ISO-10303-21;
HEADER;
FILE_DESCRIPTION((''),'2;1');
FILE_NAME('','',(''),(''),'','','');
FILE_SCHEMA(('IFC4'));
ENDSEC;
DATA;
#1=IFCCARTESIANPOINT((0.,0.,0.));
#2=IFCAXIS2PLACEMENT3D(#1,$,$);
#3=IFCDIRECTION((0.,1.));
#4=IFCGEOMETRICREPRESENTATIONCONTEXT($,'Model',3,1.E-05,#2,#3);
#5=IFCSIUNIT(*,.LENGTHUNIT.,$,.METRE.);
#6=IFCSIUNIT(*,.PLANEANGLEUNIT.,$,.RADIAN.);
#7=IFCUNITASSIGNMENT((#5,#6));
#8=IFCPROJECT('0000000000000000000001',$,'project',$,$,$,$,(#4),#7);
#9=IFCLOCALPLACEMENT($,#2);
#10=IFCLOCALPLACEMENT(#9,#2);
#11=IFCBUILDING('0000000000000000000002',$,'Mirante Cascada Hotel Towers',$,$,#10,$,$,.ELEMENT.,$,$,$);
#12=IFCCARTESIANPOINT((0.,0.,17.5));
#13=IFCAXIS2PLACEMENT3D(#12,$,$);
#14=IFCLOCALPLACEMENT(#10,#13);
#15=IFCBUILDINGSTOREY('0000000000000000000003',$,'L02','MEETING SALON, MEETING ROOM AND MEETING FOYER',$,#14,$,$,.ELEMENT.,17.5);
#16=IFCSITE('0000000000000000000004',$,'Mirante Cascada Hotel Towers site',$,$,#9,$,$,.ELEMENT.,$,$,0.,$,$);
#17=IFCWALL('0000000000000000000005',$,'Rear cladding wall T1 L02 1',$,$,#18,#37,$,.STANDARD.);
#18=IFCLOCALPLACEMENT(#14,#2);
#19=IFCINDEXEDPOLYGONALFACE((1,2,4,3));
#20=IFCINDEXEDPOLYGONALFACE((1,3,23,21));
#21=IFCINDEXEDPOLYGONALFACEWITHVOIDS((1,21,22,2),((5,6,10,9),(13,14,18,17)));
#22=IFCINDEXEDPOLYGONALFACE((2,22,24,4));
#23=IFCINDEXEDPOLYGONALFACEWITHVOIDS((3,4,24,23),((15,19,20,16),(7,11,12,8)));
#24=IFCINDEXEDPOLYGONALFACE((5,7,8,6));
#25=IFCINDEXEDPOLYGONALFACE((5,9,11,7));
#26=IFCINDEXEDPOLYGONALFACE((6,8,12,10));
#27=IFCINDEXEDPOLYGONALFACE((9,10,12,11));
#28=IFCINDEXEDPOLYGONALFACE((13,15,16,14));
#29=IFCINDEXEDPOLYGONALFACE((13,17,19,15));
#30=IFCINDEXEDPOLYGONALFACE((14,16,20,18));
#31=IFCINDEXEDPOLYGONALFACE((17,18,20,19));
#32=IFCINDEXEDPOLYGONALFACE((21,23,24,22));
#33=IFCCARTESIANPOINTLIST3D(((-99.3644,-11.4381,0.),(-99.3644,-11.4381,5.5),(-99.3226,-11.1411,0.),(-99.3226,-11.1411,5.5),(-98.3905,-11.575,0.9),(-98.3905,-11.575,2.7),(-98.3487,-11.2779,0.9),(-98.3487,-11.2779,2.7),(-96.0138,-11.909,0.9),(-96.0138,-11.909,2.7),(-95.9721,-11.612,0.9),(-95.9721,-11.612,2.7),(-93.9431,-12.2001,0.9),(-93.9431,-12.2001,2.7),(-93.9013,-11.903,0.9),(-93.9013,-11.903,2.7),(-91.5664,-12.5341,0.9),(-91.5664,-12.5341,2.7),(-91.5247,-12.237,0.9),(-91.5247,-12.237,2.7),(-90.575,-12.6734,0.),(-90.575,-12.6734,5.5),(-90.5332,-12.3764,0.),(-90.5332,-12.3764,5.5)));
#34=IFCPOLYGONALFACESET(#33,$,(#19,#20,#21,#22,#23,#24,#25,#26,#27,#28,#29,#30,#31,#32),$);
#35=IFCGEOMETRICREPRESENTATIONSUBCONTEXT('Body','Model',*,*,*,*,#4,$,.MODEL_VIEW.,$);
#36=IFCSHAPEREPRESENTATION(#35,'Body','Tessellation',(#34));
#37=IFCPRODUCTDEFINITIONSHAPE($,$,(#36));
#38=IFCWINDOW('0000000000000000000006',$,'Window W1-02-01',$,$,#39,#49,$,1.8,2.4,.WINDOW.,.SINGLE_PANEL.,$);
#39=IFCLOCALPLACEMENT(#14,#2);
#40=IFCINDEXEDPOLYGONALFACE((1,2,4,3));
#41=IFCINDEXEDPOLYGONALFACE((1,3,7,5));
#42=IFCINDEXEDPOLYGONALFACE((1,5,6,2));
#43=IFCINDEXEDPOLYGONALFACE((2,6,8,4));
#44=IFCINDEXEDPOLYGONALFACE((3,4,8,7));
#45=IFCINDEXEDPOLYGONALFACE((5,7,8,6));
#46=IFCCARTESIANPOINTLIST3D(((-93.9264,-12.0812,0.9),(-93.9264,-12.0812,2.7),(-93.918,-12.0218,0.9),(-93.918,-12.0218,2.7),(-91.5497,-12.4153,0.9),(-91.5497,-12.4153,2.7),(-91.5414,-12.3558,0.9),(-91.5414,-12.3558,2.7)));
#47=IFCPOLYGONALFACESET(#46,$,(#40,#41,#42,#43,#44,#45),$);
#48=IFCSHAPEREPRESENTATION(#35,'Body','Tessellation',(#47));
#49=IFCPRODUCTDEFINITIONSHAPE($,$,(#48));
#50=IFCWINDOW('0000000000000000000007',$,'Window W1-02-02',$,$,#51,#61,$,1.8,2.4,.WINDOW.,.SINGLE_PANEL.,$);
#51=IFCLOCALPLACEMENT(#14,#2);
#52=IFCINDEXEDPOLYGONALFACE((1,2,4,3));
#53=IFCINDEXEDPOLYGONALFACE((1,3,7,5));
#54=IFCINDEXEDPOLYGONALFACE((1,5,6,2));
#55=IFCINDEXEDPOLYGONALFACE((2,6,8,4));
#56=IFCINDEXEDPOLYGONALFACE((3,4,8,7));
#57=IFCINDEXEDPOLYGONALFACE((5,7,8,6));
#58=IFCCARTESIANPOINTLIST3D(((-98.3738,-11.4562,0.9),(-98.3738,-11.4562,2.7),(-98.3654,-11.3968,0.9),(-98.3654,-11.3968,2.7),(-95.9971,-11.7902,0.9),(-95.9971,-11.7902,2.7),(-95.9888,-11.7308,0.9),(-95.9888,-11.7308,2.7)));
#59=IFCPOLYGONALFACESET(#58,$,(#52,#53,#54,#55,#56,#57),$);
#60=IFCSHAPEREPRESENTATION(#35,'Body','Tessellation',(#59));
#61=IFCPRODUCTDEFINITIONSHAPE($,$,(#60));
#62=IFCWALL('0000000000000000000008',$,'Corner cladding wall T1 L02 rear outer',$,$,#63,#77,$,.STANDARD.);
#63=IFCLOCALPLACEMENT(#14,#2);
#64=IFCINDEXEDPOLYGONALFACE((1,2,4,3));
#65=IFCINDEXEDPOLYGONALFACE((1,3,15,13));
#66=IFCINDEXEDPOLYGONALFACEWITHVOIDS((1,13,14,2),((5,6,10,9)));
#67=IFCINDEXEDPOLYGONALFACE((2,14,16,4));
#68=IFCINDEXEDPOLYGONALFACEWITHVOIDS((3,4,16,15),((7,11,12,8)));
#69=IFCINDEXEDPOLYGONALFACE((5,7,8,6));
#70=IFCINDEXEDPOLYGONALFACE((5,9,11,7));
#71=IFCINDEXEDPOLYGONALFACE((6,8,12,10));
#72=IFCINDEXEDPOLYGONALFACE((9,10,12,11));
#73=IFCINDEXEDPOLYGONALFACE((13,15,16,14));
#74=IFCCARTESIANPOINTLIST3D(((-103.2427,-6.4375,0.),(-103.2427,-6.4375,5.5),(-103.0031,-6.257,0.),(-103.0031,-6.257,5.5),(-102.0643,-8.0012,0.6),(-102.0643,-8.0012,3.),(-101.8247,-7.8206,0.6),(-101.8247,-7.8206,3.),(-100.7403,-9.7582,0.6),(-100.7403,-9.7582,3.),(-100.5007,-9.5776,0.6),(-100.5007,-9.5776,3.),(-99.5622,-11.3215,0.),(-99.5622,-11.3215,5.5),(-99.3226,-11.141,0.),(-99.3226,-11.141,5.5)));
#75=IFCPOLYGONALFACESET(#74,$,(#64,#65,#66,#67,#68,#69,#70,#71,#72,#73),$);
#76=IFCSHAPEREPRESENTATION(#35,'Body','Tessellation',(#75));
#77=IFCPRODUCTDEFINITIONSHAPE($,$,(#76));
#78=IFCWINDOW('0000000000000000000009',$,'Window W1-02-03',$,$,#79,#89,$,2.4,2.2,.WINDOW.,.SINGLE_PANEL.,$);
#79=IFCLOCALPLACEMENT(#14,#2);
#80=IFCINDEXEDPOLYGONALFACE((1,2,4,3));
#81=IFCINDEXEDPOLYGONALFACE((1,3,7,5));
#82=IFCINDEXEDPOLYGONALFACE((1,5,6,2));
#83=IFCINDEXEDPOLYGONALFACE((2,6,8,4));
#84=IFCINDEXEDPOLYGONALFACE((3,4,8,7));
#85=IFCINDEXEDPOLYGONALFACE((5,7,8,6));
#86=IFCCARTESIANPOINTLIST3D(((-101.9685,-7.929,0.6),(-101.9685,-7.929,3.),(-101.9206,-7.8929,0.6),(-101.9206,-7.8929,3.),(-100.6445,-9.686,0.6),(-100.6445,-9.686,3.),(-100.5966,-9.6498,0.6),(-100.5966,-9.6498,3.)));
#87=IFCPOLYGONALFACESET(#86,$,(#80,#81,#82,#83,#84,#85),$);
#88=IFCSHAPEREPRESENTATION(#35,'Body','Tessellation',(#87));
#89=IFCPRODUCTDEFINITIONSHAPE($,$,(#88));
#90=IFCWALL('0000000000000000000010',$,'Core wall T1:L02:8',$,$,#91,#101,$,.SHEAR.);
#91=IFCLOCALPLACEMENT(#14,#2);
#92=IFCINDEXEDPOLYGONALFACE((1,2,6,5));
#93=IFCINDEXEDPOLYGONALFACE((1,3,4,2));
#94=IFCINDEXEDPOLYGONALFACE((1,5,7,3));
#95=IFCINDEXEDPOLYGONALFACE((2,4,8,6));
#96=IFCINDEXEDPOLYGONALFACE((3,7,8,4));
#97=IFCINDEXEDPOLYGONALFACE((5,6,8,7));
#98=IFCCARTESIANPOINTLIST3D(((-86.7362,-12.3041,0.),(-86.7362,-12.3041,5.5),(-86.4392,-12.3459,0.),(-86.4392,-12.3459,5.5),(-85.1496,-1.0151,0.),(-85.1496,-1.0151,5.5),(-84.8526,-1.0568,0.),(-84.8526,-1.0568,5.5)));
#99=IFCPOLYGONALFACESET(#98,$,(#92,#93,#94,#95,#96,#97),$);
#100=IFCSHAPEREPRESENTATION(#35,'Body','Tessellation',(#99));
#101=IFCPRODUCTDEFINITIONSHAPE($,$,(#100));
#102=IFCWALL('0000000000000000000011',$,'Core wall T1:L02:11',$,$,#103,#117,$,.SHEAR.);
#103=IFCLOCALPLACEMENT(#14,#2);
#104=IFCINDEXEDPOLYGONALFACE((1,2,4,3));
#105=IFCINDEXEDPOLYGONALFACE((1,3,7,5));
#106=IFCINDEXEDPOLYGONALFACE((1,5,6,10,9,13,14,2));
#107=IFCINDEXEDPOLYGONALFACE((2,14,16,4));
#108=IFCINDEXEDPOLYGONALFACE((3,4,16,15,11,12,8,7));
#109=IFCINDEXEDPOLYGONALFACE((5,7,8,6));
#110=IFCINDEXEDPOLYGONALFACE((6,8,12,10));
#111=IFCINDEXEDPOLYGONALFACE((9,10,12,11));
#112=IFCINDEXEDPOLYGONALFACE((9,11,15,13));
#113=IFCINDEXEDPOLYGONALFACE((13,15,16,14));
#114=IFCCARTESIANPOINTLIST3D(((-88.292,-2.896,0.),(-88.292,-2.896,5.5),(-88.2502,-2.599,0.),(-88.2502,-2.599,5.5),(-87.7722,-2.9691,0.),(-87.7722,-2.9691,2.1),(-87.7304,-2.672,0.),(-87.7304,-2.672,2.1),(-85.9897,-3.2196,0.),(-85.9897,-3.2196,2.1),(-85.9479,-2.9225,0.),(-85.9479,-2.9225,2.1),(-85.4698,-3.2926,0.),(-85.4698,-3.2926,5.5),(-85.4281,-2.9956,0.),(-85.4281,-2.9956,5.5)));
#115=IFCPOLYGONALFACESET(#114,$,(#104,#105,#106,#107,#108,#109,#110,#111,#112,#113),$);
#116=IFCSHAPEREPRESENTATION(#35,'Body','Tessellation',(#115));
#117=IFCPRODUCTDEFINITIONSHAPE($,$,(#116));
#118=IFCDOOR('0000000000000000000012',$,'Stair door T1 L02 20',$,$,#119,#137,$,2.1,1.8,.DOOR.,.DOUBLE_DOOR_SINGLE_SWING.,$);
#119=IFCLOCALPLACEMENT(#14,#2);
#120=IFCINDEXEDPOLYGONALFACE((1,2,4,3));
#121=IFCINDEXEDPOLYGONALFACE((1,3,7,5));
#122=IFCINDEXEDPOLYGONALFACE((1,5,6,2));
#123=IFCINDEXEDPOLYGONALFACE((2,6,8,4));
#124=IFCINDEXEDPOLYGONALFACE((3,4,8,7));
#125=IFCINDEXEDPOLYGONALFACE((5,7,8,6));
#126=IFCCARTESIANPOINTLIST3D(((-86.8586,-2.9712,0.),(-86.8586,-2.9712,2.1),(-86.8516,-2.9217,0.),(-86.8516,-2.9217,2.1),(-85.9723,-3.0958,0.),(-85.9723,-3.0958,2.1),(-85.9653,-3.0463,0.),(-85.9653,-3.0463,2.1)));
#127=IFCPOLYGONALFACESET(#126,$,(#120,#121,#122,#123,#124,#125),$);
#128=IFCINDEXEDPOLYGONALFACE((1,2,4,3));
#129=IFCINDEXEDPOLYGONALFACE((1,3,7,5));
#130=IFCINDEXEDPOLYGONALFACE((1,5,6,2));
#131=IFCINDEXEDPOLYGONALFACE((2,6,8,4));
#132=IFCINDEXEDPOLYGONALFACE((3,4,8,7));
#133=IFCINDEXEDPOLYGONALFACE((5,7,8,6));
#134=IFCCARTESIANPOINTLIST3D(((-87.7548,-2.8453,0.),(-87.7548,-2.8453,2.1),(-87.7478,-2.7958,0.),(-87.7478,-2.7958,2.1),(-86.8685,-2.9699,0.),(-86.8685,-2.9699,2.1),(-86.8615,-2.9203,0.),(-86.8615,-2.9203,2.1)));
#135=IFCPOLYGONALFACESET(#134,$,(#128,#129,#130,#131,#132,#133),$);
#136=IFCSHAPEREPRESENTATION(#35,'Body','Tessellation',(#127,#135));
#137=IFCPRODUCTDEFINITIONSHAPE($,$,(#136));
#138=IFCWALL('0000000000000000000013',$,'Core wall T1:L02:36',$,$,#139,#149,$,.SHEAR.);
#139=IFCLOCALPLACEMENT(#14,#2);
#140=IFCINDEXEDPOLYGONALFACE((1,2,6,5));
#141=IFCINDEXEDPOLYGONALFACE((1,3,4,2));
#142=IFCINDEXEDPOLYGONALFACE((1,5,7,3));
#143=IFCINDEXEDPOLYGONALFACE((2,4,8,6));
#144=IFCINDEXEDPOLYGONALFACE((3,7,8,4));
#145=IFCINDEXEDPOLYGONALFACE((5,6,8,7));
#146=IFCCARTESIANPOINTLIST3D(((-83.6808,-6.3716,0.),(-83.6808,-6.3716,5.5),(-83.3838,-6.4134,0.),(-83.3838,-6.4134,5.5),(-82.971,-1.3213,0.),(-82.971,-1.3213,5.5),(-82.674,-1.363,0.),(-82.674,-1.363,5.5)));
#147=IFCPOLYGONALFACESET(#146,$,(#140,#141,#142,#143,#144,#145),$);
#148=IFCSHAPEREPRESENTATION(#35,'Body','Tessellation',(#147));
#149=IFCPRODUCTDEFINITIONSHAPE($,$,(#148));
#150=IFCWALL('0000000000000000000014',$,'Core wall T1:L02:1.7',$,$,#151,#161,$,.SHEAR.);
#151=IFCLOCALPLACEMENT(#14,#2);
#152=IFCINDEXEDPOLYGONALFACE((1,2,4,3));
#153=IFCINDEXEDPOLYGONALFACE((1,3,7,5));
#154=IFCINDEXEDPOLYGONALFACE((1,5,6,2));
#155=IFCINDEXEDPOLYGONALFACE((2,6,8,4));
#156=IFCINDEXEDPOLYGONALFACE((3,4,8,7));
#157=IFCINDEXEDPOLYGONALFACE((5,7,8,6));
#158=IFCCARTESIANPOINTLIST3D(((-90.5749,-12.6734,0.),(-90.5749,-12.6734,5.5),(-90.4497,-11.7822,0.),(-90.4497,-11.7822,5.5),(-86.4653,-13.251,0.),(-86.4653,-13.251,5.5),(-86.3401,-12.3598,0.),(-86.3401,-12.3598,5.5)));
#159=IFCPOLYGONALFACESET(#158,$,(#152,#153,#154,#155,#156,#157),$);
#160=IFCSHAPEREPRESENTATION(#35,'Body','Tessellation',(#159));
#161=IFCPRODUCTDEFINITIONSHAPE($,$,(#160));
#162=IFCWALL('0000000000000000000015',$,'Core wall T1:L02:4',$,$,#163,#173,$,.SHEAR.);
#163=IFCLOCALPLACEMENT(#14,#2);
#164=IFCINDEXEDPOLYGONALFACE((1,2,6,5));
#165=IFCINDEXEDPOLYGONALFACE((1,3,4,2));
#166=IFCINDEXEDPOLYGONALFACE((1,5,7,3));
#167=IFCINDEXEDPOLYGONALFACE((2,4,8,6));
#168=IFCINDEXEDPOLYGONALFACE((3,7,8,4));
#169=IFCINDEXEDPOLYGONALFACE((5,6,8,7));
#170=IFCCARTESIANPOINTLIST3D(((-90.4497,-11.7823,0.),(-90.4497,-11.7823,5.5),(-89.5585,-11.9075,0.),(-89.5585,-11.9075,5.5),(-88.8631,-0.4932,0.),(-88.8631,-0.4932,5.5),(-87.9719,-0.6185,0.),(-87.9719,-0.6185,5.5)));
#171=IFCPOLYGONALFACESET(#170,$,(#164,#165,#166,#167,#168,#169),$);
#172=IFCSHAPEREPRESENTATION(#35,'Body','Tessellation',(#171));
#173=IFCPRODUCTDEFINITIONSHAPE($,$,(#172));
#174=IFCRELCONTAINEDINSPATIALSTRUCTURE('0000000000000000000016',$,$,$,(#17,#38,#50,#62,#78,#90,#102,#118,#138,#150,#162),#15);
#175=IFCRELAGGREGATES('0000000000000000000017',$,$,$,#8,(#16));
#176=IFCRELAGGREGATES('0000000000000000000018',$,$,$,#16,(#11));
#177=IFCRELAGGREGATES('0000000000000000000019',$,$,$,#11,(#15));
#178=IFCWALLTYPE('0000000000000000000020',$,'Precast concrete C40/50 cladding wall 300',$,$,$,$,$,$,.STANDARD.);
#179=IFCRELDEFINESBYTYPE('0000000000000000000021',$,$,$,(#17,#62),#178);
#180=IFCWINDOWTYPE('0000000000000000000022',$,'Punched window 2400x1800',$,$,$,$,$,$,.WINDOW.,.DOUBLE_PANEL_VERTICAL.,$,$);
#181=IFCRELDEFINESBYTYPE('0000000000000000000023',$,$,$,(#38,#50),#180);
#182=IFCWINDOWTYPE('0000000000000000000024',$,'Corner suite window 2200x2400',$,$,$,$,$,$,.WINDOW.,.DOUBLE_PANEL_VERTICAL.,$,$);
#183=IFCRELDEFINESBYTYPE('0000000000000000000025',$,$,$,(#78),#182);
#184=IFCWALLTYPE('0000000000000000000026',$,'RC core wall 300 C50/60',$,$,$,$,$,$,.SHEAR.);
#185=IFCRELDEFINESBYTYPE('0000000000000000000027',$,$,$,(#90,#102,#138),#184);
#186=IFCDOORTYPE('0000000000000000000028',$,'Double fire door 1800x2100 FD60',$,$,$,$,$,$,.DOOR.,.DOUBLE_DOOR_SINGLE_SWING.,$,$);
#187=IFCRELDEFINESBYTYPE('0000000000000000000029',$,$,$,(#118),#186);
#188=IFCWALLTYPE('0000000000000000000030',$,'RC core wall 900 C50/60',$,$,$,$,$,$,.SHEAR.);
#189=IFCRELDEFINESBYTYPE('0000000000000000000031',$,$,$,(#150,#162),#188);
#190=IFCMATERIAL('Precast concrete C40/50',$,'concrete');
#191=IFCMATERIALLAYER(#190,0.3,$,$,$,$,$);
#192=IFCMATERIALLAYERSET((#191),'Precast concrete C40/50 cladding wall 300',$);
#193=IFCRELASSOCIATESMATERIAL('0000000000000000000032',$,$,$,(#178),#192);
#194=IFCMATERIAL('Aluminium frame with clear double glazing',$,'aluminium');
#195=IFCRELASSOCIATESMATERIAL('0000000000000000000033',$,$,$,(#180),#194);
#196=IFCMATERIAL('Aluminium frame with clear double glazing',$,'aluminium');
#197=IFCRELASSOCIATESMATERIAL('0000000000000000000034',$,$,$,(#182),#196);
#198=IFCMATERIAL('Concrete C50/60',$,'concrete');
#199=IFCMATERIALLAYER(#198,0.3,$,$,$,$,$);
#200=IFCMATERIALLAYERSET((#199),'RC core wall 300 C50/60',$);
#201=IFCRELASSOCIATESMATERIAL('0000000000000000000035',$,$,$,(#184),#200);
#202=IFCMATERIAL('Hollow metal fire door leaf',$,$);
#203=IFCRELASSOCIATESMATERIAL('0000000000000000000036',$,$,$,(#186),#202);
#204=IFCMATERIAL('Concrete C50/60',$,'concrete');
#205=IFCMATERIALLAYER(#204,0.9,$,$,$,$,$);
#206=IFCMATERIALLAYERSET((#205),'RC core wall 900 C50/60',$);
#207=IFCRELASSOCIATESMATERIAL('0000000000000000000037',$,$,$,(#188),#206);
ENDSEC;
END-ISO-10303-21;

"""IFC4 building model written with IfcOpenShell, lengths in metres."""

from ifc_helpers import new_model, si_unit, direction, frame, frame_2d, origin, place, context, subcontext, project, spatial, rectangle, extrude, material, layer, layer_set, type_object, element, fill, save


model = new_model("IFC4")

# Units and contexts
model_context = context("Model", 3, precision=1e-05, world=origin(), true_north=direction((0.0, 1.0)))
body_context = subcontext(model_context, "Body", "Model", "MODEL_VIEW")
ifc_project = project(units=[si_unit("LENGTHUNIT", "METRE"), si_unit("PLANEANGLEUNIT", "RADIAN")], contexts=[model_context])

# Site, building, storey
site_placement = place(None, origin())
site = spatial("IfcSite", under=ifc_project, at=site_placement, Name="Mirante Cascada Hotel Towers site", CompositionType="ELEMENT", RefElevation=0.0)
building_placement = place(site_placement, origin())
building = spatial("IfcBuilding", under=site, at=building_placement, Name="Mirante Cascada Hotel Towers", CompositionType="ELEMENT")
storey_placement = place(building_placement, frame((0.0, 0.0, 17.5)))
storey = spatial("IfcBuildingStorey", under=building, at=storey_placement, Name="L02", Description="MEETING SALON, MEETING ROOM AND MEETING FOYER", CompositionType="ELEMENT", Elevation=17.5)

# Wall, openings, windows
ifc_material_1 = material(Name="Precast concrete C40/50", Category="concrete")
ifc_layer_1 = layer(ifc_material_1, 0.3)
ifc_layer_set_1 = layer_set([ifc_layer_1], Name="Precast concrete C40/50 cladding wall 300")
wall_type_1 = type_object("IfcWallType", Name="Precast concrete C40/50 cladding wall 300", PredefinedType="STANDARD", material=ifc_layer_set_1)
wall_1_placement = place(storey_placement, frame((-90.5541, -12.5249, 0.0), z_axis=(0.0, 0.0, 1.0), x_axis=(-0.990268, 0.139177, 0.0)))
wall_1 = element("IfcWall", 1, at=wall_1_placement, inside=storey, type_object=wall_type_1, Name="Rear cladding wall T1 L02 1", PredefinedType="STANDARD", context=body_context, shape_type="SweptSolid", body=[
    extrude(rectangle(XDim=8.8758, YDim=0.3, at=frame_2d((4.4379, 0.0))), origin(), (0.0, 0.0, 1.0), 5.5),
])
opening_1_placement = place(wall_1_placement, frame((1.0012, 0.0, 0.9)))
opening_1 = element("IfcOpeningElement", 2, at=opening_1_placement, cuts=wall_1, PredefinedType="OPENING", context=body_context, shape_type="SweptSolid", body=[
    extrude(rectangle(XDim=2.4, YDim=1.8, at=frame_2d((1.2, 0.9))), frame((0.0, 0.15, 0.0), z_axis=(0.0, -1.0, 0.0), x_axis=(1.0, 0.0, 0.0)), (0.0, 0.0, 1.0), 0.3),
])
opening_2_placement = place(wall_1_placement, frame((5.4923, 0.0, 0.9)))
opening_2 = element("IfcOpeningElement", 3, at=opening_2_placement, cuts=wall_1, PredefinedType="OPENING", context=body_context, shape_type="SweptSolid", body=[
    extrude(rectangle(XDim=2.4, YDim=1.8, at=frame_2d((1.2, 0.9))), frame((0.0, 0.15, 0.0), z_axis=(0.0, -1.0, 0.0), x_axis=(1.0, 0.0, 0.0)), (0.0, 0.0, 1.0), 0.3),
])
ifc_material_2 = material(Name="Aluminium frame with clear double glazing", Category="aluminium")
window_type_1 = type_object("IfcWindowType", Name="Punched window 2400x1800", PartitioningType="DOUBLE_PANEL_VERTICAL", PredefinedType="WINDOW", material=ifc_material_2)
window_1_placement = place(opening_1_placement, origin())
window_1 = element("IfcWindow", 4, at=window_1_placement, inside=storey, type_object=window_type_1, Name="Window W1-02-01", OverallHeight=1.8, OverallWidth=2.4, PartitioningType="SINGLE_PANEL", PredefinedType="WINDOW", context=body_context, shape_type="SweptSolid", body=[
    extrude(rectangle(XDim=2.4, YDim=1.8, at=frame_2d((1.2, 0.9))), frame((0.0, 0.03, 0.0), z_axis=(0.0, -1.0, 0.0), x_axis=(1.0, 0.0, 0.0)), (0.0, 0.0, 1.0), 0.06),
])
fill(opening_1, window_1)
window_2_placement = place(opening_2_placement, origin())
window_2 = element("IfcWindow", 5, at=window_2_placement, inside=storey, type_object=window_type_1, Name="Window W1-02-02", OverallHeight=1.8, OverallWidth=2.4, PartitioningType="SINGLE_PANEL", PredefinedType="WINDOW", context=body_context, shape_type="SweptSolid", body=[
    extrude(rectangle(XDim=2.4, YDim=1.8, at=frame_2d((1.2, 0.9))), frame((0.0, 0.03, 0.0), z_axis=(0.0, -1.0, 0.0), x_axis=(1.0, 0.0, 0.0)), (0.0, 0.0, 1.0), 0.06),
])
fill(opening_2, window_2)

# Wall, opening, window
wall_2_placement = place(storey_placement, frame((-99.4424, -11.2313, 0.0), z_axis=(0.0, 0.0, 1.0), x_axis=(-0.601819, 0.798632, 0.0)))
wall_2 = element("IfcWall", 6, at=wall_2_placement, inside=storey, type_object=wall_type_1, Name="Corner cladding wall T1 L02 rear outer", PredefinedType="STANDARD", context=body_context, shape_type="SweptSolid", body=[
    extrude(rectangle(XDim=6.1155, YDim=0.3, at=frame_2d((3.0578, 0.0))), origin(), (0.0, 0.0, 1.0), 5.5),
])
opening_3_placement = place(wall_2_placement, frame((1.9576, 0.0, 0.6)))
opening_3 = element("IfcOpeningElement", 7, at=opening_3_placement, cuts=wall_2, PredefinedType="OPENING", context=body_context, shape_type="SweptSolid", body=[
    extrude(rectangle(XDim=2.2, YDim=2.4, at=frame_2d((1.1, 1.2))), frame((0.0, 0.15, 0.0), z_axis=(0.0, -1.0, 0.0), x_axis=(1.0, 0.0, 0.0)), (0.0, 0.0, 1.0), 0.3),
])
ifc_material_3 = material(Name="Aluminium frame with clear double glazing", Category="aluminium")
window_type_2 = type_object("IfcWindowType", Name="Corner suite window 2200x2400", PartitioningType="DOUBLE_PANEL_VERTICAL", PredefinedType="WINDOW", material=ifc_material_3)
window_3_placement = place(opening_3_placement, origin())
window_3 = element("IfcWindow", 8, at=window_3_placement, inside=storey, type_object=window_type_2, Name="Window W1-02-03", OverallHeight=2.4, OverallWidth=2.2, PartitioningType="SINGLE_PANEL", PredefinedType="WINDOW", context=body_context, shape_type="SweptSolid", body=[
    extrude(rectangle(XDim=2.2, YDim=2.4, at=frame_2d((1.1, 1.2))), frame((0.0, 0.03, 0.0), z_axis=(0.0, -1.0, 0.0), x_axis=(1.0, 0.0, 0.0)), (0.0, 0.0, 1.0), 0.06),
])
fill(opening_3, window_3)

# Wall
ifc_material_4 = material(Name="Concrete C50/60", Category="concrete")
ifc_layer_2 = layer(ifc_material_4, 0.3)
ifc_layer_set_2 = layer_set([ifc_layer_2], Name="RC core wall 300 C50/60")
wall_type_2 = type_object("IfcWallType", Name="RC core wall 300 C50/60", PredefinedType="SHEAR", material=ifc_layer_set_2)
wall_3_placement = place(storey_placement, frame((-86.5877, -12.325, 0.0), z_axis=(0.0, 0.0, 1.0), x_axis=(0.139175, 0.990268, 0.0)))
element("IfcWall", 9, at=wall_3_placement, inside=storey, type_object=wall_type_2, Name="Core wall T1:L02:8", PredefinedType="SHEAR", context=body_context, shape_type="SweptSolid", body=[
    extrude(rectangle(XDim=11.4, YDim=0.3, at=frame_2d((5.7, 0.0))), origin(), (0.0, 0.0, 1.0), 5.5),
])

# Wall, opening, door
wall_4_placement = place(storey_placement, frame((-85.4489, -3.1441, 0.0), z_axis=(0.0, 0.0, 1.0), x_axis=(-0.99027, 0.139161, 0.0)))
wall_4 = element("IfcWall", 10, at=wall_4_placement, inside=storey, type_object=wall_type_2, Name="Core wall T1:L02:11", PredefinedType="SHEAR", context=body_context, shape_type="SweptSolid", body=[
    extrude(rectangle(XDim=2.8499, YDim=0.3, at=frame_2d((1.425, 0.0))), origin(), (0.0, 0.0, 1.0), 5.5),
])
opening_4_placement = place(wall_4_placement, frame((0.525, 0.0, 0.0)))
opening_4 = element("IfcOpeningElement", 11, at=opening_4_placement, cuts=wall_4, PredefinedType="OPENING", context=body_context, shape_type="SweptSolid", body=[
    extrude(rectangle(XDim=1.8, YDim=2.1, at=frame_2d((0.9, 1.05))), frame((0.0, 0.15, 0.0), z_axis=(0.0, -1.0, 0.0), x_axis=(1.0, 0.0, 0.0)), (0.0, 0.0, 1.0), 0.3),
])
ifc_material_5 = material(Name="Hollow metal fire door leaf")
door_type = type_object("IfcDoorType", Name="Double fire door 1800x2100 FD60", OperationType="DOUBLE_DOOR_SINGLE_SWING", PredefinedType="DOOR", material=ifc_material_5)
door_placement = place(opening_4_placement, origin())
door = element("IfcDoor", 12, at=door_placement, inside=storey, type_object=door_type, Name="Stair door T1 L02 20", OperationType="DOUBLE_DOOR_SINGLE_SWING", OverallHeight=2.1, OverallWidth=1.8, PredefinedType="DOOR", context=body_context, shape_type="SweptSolid", body=[
    extrude(rectangle(XDim=0.895, YDim=2.1, at=frame_2d((0.4475, 1.05))), frame((0.0, 0.025, 0.0), z_axis=(0.0, -1.0, 0.0), x_axis=(1.0, 0.0, 0.0)), (0.0, 0.0, 1.0), 0.05),
    extrude(rectangle(XDim=0.895, YDim=2.1, at=frame_2d((1.3525, 1.05))), frame((0.0, 0.025, 0.0), z_axis=(0.0, -1.0, 0.0), x_axis=(1.0, 0.0, 0.0)), (0.0, 0.0, 1.0), 0.05),
])
fill(opening_4, door)

# Walls
wall_5_placement = place(storey_placement, frame((-83.5323, -6.3925, 0.0), z_axis=(0.0, 0.0, 1.0), x_axis=(0.139176, 0.990268, 0.0)))
element("IfcWall", 13, at=wall_5_placement, inside=storey, type_object=wall_type_2, Name="Core wall T1:L02:36", PredefinedType="SHEAR", context=body_context, shape_type="SweptSolid", body=[
    extrude(rectangle(XDim=5.1, YDim=0.3, at=frame_2d((2.55, 0.0))), origin(), (0.0, 0.0, 1.0), 5.5),
])
ifc_material_6 = material(Name="Concrete C50/60", Category="concrete")
ifc_layer_3 = layer(ifc_material_6, 0.9)
ifc_layer_set_3 = layer_set([ifc_layer_3], Name="RC core wall 900 C50/60")
wall_type_3 = type_object("IfcWallType", Name="RC core wall 900 C50/60", PredefinedType="SHEAR", material=ifc_layer_set_3)
wall_6_placement = place(storey_placement, frame((-86.4027, -12.8054, 0.0), z_axis=(0.0, 0.0, 1.0), x_axis=(-0.990267, 0.139181, 0.0)))
element("IfcWall", 14, at=wall_6_placement, inside=storey, type_object=wall_type_3, Name="Core wall T1:L02:1.7", PredefinedType="SHEAR", context=body_context, shape_type="SweptSolid", body=[
    extrude(rectangle(XDim=4.15, YDim=0.9, at=frame_2d((2.075, 0.0))), origin(), (0.0, 0.0, 1.0), 5.5),
])
wall_7_placement = place(storey_placement, frame((-90.0041, -11.8449, 0.0), z_axis=(0.0, 0.0, 1.0), x_axis=(0.139175, 0.990268, 0.0)))
element("IfcWall", 15, at=wall_7_placement, inside=storey, type_object=wall_type_3, Name="Core wall T1:L02:4", PredefinedType="SHEAR", context=body_context, shape_type="SweptSolid", body=[
    extrude(rectangle(XDim=11.4, YDim=0.9, at=frame_2d((5.7, 0.0))), origin(), (0.0, 0.0, 1.0), 5.5),
])

save(model, "model.ifc")
